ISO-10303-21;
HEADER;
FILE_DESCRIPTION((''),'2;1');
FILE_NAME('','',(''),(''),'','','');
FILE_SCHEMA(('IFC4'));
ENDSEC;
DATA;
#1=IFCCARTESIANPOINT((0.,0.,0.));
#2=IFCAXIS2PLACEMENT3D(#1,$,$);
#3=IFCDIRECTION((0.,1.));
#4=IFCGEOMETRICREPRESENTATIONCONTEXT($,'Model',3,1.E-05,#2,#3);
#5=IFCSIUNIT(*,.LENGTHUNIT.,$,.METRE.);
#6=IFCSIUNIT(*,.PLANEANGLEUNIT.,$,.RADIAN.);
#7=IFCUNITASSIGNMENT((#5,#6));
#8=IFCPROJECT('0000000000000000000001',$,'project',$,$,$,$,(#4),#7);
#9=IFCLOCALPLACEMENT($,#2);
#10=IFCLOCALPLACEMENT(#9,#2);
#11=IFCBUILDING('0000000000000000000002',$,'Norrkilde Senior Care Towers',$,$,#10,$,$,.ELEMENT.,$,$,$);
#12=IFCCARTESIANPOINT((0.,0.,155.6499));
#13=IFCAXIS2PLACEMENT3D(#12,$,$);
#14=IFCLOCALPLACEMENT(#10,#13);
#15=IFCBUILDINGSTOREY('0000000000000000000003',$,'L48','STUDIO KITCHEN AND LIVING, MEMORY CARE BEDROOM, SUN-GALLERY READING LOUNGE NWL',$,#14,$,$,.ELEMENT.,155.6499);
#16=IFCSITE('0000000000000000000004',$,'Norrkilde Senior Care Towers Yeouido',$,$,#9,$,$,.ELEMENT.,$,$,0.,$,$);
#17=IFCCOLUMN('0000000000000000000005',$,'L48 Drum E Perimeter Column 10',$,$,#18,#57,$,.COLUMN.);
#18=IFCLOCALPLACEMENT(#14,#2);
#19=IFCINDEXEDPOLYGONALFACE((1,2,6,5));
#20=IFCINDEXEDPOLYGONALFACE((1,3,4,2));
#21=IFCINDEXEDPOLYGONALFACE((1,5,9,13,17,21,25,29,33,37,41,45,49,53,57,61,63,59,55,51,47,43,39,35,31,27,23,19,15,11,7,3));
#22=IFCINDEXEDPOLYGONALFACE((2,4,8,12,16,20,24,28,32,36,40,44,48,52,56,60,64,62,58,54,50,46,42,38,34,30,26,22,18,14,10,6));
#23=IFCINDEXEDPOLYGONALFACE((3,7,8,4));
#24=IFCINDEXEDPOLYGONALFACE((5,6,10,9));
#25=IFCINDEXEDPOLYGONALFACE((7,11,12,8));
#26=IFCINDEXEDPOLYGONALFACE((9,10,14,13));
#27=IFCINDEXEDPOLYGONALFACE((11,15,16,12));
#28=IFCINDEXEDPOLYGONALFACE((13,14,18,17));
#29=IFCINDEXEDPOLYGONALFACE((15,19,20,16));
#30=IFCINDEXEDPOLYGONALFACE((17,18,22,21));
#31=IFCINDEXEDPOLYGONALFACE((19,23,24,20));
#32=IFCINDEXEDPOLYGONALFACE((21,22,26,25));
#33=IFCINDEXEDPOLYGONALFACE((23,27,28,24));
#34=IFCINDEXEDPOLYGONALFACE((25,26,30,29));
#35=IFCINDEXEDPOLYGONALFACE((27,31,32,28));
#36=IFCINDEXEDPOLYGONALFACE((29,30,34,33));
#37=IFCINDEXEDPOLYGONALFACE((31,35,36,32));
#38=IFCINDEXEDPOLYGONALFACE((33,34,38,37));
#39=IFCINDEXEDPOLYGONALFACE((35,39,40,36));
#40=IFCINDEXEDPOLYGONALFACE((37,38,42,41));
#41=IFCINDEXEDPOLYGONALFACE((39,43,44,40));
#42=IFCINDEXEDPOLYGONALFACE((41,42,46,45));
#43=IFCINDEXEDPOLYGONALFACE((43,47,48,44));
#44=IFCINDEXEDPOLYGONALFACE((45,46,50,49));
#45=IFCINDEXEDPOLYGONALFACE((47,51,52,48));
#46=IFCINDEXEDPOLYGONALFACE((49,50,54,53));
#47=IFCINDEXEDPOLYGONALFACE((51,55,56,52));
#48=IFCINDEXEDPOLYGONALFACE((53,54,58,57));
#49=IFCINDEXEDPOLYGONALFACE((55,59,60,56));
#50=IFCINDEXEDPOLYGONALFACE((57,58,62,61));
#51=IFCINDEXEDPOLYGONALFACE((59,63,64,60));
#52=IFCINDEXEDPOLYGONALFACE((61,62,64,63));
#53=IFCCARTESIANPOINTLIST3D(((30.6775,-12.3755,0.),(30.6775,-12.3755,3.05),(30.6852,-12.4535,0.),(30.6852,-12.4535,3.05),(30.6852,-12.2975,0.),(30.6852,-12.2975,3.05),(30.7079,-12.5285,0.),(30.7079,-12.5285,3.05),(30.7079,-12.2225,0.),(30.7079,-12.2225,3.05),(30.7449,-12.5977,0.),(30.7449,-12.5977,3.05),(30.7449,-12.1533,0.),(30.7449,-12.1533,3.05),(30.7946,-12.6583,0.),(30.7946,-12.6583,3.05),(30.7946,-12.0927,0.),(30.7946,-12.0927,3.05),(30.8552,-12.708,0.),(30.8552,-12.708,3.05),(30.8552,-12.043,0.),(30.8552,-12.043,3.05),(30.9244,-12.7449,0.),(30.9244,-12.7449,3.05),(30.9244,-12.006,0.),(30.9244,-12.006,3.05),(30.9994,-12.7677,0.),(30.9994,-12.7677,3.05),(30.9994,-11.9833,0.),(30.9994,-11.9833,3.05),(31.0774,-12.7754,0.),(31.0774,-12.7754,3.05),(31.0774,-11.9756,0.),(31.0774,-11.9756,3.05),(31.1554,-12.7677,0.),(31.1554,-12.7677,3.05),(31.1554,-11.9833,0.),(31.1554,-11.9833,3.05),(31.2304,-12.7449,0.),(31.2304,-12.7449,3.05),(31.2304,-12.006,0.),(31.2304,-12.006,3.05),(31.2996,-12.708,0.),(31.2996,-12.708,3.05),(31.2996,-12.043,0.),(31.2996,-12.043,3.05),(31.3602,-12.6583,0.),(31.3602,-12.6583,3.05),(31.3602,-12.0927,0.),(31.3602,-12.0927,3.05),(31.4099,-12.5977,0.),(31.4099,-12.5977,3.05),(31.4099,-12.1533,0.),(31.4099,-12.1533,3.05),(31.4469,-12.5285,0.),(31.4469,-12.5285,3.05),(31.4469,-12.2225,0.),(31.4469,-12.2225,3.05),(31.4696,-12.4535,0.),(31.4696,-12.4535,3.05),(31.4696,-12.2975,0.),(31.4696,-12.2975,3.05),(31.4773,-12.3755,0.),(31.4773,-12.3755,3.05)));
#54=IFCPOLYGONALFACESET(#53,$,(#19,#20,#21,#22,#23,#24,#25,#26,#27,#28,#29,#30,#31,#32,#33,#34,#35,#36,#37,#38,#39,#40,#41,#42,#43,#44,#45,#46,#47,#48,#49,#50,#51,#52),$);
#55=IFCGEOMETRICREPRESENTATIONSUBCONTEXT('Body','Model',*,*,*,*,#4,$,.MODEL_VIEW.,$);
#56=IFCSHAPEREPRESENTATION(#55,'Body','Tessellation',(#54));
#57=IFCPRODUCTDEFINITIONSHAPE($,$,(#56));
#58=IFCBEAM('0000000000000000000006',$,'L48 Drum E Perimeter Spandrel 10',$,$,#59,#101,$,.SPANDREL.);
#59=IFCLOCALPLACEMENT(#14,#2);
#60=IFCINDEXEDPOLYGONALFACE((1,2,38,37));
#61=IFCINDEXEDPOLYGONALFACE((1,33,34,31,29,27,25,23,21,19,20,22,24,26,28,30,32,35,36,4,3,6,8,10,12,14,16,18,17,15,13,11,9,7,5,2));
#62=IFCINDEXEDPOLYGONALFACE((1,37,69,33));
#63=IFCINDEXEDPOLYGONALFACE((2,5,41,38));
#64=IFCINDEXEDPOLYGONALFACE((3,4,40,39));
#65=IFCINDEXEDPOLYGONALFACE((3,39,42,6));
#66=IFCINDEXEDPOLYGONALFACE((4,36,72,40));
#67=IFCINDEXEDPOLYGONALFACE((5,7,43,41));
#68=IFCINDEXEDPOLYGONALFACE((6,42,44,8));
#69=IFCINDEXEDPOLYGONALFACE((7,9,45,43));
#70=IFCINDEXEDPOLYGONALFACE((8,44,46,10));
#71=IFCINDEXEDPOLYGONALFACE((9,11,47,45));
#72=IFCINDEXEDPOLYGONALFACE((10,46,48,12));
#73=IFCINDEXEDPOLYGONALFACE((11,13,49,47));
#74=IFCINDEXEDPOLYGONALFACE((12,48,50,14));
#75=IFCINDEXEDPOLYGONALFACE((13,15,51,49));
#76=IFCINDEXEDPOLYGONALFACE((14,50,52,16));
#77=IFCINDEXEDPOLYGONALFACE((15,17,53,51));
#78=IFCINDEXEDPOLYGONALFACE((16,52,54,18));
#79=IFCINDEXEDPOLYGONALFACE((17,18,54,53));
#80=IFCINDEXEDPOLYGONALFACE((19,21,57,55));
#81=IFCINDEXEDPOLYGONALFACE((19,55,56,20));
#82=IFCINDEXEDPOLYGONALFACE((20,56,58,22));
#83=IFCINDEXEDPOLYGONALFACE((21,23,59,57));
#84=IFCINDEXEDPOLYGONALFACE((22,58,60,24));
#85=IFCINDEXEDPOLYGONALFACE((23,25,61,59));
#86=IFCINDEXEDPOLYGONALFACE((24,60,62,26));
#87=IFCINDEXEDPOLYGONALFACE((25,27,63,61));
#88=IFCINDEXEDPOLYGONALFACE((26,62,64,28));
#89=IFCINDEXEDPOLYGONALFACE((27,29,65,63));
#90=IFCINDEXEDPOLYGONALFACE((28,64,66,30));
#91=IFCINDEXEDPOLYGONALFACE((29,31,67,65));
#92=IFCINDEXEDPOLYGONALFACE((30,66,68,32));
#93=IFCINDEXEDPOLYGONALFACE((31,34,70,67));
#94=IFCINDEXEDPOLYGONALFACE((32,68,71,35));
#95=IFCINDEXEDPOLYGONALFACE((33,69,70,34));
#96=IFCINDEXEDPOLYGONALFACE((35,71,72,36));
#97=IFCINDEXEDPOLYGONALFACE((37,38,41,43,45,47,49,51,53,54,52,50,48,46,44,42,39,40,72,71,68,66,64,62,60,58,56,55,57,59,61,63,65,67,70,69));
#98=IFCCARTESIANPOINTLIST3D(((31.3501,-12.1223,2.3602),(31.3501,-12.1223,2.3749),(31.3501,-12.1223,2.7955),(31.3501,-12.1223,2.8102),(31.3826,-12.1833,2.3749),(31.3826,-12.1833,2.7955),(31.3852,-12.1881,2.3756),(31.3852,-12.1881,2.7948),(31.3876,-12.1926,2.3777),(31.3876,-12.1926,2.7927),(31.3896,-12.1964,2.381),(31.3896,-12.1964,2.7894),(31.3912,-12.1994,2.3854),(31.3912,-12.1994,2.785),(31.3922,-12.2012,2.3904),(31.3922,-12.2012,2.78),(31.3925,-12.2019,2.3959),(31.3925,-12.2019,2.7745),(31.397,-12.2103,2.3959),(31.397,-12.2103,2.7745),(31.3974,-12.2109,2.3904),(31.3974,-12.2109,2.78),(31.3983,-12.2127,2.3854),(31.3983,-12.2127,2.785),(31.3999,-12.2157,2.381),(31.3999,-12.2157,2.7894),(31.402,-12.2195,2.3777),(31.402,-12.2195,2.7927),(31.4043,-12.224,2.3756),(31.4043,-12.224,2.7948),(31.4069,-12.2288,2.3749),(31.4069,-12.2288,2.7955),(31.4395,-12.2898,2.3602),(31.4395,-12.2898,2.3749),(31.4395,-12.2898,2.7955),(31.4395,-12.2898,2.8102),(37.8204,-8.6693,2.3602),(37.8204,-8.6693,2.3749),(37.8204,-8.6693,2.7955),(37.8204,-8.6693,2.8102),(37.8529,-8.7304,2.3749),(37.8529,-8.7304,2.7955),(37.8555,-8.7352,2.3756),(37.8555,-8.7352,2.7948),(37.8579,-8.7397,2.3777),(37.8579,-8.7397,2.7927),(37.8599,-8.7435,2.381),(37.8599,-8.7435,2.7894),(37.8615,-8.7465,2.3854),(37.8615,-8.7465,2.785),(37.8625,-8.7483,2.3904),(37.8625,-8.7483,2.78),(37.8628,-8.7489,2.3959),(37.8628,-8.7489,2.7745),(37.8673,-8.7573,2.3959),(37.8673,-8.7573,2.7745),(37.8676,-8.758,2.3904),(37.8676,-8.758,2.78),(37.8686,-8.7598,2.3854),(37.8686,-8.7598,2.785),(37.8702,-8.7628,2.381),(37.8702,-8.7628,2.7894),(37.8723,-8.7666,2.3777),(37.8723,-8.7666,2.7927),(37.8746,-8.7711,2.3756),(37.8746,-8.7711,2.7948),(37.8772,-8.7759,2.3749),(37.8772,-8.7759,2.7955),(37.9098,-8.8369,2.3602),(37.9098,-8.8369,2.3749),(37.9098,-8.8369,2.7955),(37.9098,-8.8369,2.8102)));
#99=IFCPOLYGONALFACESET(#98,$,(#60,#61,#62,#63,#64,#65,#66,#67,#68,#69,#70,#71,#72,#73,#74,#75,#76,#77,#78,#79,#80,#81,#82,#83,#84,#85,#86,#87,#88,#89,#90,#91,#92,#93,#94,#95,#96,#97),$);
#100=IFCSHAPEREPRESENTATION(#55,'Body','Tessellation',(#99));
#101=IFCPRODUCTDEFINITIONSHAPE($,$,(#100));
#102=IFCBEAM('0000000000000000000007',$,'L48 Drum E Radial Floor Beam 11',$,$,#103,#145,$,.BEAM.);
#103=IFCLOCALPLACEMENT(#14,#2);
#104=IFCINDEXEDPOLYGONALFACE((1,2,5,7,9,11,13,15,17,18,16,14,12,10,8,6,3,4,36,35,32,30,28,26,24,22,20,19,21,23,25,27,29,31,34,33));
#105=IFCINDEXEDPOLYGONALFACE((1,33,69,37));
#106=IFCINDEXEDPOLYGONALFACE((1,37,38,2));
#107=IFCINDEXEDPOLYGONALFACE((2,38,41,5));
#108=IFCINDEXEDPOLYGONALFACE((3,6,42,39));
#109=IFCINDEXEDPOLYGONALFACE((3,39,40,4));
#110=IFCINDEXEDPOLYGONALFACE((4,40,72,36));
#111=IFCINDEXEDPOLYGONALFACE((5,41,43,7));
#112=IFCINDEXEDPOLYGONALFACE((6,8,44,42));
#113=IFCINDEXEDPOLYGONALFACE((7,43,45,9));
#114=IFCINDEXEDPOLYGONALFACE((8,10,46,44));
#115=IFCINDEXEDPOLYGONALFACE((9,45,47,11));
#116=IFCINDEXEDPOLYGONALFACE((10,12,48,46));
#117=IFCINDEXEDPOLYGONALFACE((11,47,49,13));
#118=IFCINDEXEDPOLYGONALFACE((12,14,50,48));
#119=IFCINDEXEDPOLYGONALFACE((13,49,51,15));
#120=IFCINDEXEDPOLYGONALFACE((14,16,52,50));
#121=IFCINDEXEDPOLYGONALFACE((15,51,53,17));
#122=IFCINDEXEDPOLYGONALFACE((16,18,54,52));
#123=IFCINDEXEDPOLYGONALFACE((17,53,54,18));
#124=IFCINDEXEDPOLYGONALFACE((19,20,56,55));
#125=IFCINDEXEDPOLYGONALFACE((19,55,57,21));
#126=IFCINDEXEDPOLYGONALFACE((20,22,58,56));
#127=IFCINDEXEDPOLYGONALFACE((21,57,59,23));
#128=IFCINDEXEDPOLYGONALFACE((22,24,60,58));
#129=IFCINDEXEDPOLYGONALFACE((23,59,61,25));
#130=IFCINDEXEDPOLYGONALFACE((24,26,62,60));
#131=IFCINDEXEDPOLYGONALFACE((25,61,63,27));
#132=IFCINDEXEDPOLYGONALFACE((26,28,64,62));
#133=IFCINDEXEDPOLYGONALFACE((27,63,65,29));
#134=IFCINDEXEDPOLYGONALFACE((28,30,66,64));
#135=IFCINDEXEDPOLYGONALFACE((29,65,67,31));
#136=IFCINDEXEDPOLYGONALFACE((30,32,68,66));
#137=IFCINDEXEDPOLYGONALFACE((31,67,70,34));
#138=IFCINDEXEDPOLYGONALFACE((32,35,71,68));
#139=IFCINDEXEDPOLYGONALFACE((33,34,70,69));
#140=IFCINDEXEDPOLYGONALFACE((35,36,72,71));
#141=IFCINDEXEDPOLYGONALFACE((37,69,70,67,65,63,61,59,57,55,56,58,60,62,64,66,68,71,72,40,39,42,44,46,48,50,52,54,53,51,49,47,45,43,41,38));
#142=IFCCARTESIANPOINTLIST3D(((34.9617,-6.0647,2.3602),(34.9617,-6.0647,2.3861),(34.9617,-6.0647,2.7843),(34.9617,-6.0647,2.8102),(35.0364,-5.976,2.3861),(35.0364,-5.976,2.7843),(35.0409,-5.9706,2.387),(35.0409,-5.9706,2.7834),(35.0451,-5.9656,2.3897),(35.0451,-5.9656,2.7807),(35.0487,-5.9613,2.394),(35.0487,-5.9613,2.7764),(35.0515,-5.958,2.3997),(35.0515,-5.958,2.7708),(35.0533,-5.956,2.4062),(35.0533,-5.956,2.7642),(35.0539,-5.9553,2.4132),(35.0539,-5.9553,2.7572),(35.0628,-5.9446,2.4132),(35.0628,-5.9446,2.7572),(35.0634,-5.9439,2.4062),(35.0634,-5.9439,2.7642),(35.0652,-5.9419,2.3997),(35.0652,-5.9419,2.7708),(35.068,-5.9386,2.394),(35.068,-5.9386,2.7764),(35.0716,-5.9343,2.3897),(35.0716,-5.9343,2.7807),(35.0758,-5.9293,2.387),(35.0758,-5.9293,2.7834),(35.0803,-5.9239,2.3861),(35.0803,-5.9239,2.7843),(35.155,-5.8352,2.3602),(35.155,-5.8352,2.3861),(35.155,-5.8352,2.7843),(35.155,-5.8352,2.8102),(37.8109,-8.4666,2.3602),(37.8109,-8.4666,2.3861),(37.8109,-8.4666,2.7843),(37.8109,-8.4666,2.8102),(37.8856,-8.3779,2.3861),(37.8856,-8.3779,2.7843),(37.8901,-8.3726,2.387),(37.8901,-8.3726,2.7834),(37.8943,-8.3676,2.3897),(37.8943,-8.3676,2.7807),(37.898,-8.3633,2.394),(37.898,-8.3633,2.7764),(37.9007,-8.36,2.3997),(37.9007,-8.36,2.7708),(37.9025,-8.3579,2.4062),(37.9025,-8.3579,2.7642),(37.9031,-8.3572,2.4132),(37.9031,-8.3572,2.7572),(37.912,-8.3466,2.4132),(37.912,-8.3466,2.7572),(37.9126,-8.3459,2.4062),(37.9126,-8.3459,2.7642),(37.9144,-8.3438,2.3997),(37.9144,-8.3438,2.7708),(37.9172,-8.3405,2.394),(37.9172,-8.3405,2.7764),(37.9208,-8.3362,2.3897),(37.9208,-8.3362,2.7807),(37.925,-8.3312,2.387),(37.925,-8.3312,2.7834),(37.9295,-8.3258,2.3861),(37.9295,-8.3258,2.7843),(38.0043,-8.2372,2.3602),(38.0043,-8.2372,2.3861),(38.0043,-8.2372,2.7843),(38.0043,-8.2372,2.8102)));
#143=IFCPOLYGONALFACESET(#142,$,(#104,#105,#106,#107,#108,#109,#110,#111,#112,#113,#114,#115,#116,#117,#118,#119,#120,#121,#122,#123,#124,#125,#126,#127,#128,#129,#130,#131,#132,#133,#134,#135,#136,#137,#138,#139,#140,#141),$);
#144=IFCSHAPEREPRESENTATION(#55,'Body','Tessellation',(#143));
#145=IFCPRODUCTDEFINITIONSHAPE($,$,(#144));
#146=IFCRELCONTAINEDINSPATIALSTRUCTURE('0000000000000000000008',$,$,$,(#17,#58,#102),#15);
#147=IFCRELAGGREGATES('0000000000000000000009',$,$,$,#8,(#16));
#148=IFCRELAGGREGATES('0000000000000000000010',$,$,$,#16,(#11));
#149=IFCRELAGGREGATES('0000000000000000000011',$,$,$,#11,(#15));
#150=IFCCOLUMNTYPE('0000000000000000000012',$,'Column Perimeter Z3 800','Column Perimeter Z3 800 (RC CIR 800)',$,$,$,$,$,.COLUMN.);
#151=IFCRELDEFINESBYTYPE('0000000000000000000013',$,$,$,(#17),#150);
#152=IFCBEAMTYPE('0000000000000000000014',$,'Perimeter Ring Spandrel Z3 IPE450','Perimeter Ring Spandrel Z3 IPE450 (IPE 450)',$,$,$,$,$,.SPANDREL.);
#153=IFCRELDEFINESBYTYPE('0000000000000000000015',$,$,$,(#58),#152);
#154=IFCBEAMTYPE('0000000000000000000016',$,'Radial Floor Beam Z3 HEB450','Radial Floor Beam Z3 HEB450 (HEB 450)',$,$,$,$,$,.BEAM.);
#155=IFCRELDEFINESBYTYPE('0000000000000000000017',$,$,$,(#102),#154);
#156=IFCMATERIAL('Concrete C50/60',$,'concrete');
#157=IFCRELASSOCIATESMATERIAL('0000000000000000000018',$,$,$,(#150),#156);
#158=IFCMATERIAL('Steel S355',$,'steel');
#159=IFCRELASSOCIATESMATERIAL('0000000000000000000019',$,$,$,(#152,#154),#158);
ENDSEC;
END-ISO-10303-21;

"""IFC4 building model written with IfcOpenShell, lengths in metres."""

from ifc_helpers import new_model, si_unit, direction, frame, origin, origin_2d, place, context, subcontext, project, spatial, circle, i_section, extrude, source, transform, mapped, material, material_profile, profile_set, type_object, type_shapes, element, save


model = new_model("IFC4")

# Units and contexts
model_context = context("Model", 3, precision=1e-05, world=origin(), true_north=direction((0.0, 1.0)))
body_context = subcontext(model_context, "Body", "Model", "MODEL_VIEW")
ifc_project = project(units=[si_unit("LENGTHUNIT", "METRE"), si_unit("PLANEANGLEUNIT", "RADIAN")], contexts=[model_context])

# Site, building, storey
site_placement = place(None, origin())
site = spatial("IfcSite", under=ifc_project, at=site_placement, Name="Norrkilde Senior Care Towers Yeouido", CompositionType="ELEMENT", RefElevation=0.0)
building_placement = place(site_placement, origin())
building = spatial("IfcBuilding", under=site, at=building_placement, Name="Norrkilde Senior Care Towers", CompositionType="ELEMENT")
storey_placement = place(building_placement, frame((0.0, 0.0, 155.6499)))
storey = spatial("IfcBuildingStorey", under=building, at=storey_placement, Name="L48", Description="STUDIO KITCHEN AND LIVING, MEMORY CARE BEDROOM, SUN-GALLERY READING LOUNGE NWL", CompositionType="ELEMENT", Elevation=155.6499)

# Column
ifc_material_1 = material(Name="Concrete C50/60", Category="concrete")
ifc_material_profile_1 = material_profile(ifc_material_1, circle(Radius=0.3999, at=origin_2d()), Name="RC CIR 800")
ifc_profile_set_1 = profile_set([ifc_material_profile_1], Name="Concrete C50/60")
column_type = type_object("IfcColumnType", Name="Column Perimeter Z3 800", Description="Column Perimeter Z3 800 (RC CIR 800)", PredefinedType="COLUMN", material=ifc_profile_set_1)
shared_shape_1 = source(origin(), body_context, "Body", "SweptSolid", [
    extrude(circle(Radius=0.3999, at=origin_2d()), origin(), (0.0, 0.0, 1.0), 3.05),
])
type_shapes(column_type, [shared_shape_1])
column_placement = place(storey_placement, frame((31.0774, -12.3755, 0.0), z_axis=(0.0, 0.0, 1.0), x_axis=(1.0, 0.0, 0.0)))
element("IfcColumn", 1, at=column_placement, inside=storey, type_object=column_type, Name="L48 Drum E Perimeter Column 10", PredefinedType="COLUMN", context=body_context, shape_type="MappedRepresentation", body=[
    mapped(shared_shape_1, transform((0.0, 0.0, 0.0), x_axis=(1.0, 0.0, 0.0), y_axis=(0.0, 1.0, 0.0), z_axis=(0.0, 0.0, 1.0), scale=1.0)),
])

# Beams
ifc_material_2 = material(Name="Steel S355", Category="steel")
ifc_material_profile_2 = material_profile(ifc_material_2, i_section(OverallWidth=0.1899, OverallDepth=0.45, WebThickness=0.0095, FlangeThickness=0.0146, FilletRadius=0.021, at=origin_2d()), Name="IPE 450")
ifc_profile_set_2 = profile_set([ifc_material_profile_2], Name="Steel S355")
beam_type_1 = type_object("IfcBeamType", Name="Perimeter Ring Spandrel Z3 IPE450", Description="Perimeter Ring Spandrel Z3 IPE450 (IPE 450)", PredefinedType="SPANDREL", material=ifc_profile_set_2)
shared_shape_2 = source(origin(), body_context, "Body", "SweptSolid", [
    extrude(i_section(OverallWidth=0.1899, OverallDepth=0.45, WebThickness=0.0095, FlangeThickness=0.0146, FilletRadius=0.021, at=origin_2d()), origin(), (0.0, 0.0, 1.0), 7.334),
])
type_shapes(beam_type_1, [shared_shape_2])
beam_1_placement = place(storey_placement, frame((31.3948, -12.2061, 2.5852), z_axis=(0.882234, 0.470811, 0.0), x_axis=(-0.470811, 0.882234, 0.0)))
element("IfcBeam", 2, at=beam_1_placement, inside=storey, type_object=beam_type_1, Name="L48 Drum E Perimeter Spandrel 10", PredefinedType="SPANDREL", context=body_context, shape_type="MappedRepresentation", body=[
    mapped(shared_shape_2, transform((0.0, 0.0, 0.0), x_axis=(1.0, 0.0, 0.0), y_axis=(0.0, 1.0, 0.0), z_axis=(0.0, 0.0, 1.0), scale=1.0)),
])
ifc_material_profile_3 = material_profile(ifc_material_2, i_section(OverallWidth=0.3, OverallDepth=0.45, WebThickness=0.0139, FlangeThickness=0.0259, FilletRadius=0.0271, at=origin_2d()), Name="HEB 450")
ifc_profile_set_3 = profile_set([ifc_material_profile_3], Name="Steel S355")
beam_type_2 = type_object("IfcBeamType", Name="Radial Floor Beam Z3 HEB450", Description="Radial Floor Beam Z3 HEB450 (HEB 450)", PredefinedType="BEAM", material=ifc_profile_set_3)
shared_shape_3 = source(origin(), body_context, "Body", "SweptSolid", [
    extrude(i_section(OverallWidth=0.3, OverallDepth=0.45, WebThickness=0.0139, FlangeThickness=0.0259, FilletRadius=0.0271, at=origin_2d()), origin(), (0.0, 0.0, 1.0), 3.7266),
])
type_shapes(beam_type_2, [shared_shape_3])
beam_2_placement = place(storey_placement, frame((35.0583, -5.95, 2.5852), z_axis=(0.764568, -0.644543, 0.0), x_axis=(0.644543, 0.764568, 0.0)))
element("IfcBeam", 3, at=beam_2_placement, inside=storey, type_object=beam_type_2, Name="L48 Drum E Radial Floor Beam 11", PredefinedType="BEAM", context=body_context, shape_type="MappedRepresentation", body=[
    mapped(shared_shape_3, transform((0.0, 0.0, 0.0), x_axis=(1.0, 0.0, 0.0), y_axis=(0.0, 1.0, 0.0), z_axis=(0.0, 0.0, 1.0), scale=1.0)),
])

save(model, "model.ifc")
